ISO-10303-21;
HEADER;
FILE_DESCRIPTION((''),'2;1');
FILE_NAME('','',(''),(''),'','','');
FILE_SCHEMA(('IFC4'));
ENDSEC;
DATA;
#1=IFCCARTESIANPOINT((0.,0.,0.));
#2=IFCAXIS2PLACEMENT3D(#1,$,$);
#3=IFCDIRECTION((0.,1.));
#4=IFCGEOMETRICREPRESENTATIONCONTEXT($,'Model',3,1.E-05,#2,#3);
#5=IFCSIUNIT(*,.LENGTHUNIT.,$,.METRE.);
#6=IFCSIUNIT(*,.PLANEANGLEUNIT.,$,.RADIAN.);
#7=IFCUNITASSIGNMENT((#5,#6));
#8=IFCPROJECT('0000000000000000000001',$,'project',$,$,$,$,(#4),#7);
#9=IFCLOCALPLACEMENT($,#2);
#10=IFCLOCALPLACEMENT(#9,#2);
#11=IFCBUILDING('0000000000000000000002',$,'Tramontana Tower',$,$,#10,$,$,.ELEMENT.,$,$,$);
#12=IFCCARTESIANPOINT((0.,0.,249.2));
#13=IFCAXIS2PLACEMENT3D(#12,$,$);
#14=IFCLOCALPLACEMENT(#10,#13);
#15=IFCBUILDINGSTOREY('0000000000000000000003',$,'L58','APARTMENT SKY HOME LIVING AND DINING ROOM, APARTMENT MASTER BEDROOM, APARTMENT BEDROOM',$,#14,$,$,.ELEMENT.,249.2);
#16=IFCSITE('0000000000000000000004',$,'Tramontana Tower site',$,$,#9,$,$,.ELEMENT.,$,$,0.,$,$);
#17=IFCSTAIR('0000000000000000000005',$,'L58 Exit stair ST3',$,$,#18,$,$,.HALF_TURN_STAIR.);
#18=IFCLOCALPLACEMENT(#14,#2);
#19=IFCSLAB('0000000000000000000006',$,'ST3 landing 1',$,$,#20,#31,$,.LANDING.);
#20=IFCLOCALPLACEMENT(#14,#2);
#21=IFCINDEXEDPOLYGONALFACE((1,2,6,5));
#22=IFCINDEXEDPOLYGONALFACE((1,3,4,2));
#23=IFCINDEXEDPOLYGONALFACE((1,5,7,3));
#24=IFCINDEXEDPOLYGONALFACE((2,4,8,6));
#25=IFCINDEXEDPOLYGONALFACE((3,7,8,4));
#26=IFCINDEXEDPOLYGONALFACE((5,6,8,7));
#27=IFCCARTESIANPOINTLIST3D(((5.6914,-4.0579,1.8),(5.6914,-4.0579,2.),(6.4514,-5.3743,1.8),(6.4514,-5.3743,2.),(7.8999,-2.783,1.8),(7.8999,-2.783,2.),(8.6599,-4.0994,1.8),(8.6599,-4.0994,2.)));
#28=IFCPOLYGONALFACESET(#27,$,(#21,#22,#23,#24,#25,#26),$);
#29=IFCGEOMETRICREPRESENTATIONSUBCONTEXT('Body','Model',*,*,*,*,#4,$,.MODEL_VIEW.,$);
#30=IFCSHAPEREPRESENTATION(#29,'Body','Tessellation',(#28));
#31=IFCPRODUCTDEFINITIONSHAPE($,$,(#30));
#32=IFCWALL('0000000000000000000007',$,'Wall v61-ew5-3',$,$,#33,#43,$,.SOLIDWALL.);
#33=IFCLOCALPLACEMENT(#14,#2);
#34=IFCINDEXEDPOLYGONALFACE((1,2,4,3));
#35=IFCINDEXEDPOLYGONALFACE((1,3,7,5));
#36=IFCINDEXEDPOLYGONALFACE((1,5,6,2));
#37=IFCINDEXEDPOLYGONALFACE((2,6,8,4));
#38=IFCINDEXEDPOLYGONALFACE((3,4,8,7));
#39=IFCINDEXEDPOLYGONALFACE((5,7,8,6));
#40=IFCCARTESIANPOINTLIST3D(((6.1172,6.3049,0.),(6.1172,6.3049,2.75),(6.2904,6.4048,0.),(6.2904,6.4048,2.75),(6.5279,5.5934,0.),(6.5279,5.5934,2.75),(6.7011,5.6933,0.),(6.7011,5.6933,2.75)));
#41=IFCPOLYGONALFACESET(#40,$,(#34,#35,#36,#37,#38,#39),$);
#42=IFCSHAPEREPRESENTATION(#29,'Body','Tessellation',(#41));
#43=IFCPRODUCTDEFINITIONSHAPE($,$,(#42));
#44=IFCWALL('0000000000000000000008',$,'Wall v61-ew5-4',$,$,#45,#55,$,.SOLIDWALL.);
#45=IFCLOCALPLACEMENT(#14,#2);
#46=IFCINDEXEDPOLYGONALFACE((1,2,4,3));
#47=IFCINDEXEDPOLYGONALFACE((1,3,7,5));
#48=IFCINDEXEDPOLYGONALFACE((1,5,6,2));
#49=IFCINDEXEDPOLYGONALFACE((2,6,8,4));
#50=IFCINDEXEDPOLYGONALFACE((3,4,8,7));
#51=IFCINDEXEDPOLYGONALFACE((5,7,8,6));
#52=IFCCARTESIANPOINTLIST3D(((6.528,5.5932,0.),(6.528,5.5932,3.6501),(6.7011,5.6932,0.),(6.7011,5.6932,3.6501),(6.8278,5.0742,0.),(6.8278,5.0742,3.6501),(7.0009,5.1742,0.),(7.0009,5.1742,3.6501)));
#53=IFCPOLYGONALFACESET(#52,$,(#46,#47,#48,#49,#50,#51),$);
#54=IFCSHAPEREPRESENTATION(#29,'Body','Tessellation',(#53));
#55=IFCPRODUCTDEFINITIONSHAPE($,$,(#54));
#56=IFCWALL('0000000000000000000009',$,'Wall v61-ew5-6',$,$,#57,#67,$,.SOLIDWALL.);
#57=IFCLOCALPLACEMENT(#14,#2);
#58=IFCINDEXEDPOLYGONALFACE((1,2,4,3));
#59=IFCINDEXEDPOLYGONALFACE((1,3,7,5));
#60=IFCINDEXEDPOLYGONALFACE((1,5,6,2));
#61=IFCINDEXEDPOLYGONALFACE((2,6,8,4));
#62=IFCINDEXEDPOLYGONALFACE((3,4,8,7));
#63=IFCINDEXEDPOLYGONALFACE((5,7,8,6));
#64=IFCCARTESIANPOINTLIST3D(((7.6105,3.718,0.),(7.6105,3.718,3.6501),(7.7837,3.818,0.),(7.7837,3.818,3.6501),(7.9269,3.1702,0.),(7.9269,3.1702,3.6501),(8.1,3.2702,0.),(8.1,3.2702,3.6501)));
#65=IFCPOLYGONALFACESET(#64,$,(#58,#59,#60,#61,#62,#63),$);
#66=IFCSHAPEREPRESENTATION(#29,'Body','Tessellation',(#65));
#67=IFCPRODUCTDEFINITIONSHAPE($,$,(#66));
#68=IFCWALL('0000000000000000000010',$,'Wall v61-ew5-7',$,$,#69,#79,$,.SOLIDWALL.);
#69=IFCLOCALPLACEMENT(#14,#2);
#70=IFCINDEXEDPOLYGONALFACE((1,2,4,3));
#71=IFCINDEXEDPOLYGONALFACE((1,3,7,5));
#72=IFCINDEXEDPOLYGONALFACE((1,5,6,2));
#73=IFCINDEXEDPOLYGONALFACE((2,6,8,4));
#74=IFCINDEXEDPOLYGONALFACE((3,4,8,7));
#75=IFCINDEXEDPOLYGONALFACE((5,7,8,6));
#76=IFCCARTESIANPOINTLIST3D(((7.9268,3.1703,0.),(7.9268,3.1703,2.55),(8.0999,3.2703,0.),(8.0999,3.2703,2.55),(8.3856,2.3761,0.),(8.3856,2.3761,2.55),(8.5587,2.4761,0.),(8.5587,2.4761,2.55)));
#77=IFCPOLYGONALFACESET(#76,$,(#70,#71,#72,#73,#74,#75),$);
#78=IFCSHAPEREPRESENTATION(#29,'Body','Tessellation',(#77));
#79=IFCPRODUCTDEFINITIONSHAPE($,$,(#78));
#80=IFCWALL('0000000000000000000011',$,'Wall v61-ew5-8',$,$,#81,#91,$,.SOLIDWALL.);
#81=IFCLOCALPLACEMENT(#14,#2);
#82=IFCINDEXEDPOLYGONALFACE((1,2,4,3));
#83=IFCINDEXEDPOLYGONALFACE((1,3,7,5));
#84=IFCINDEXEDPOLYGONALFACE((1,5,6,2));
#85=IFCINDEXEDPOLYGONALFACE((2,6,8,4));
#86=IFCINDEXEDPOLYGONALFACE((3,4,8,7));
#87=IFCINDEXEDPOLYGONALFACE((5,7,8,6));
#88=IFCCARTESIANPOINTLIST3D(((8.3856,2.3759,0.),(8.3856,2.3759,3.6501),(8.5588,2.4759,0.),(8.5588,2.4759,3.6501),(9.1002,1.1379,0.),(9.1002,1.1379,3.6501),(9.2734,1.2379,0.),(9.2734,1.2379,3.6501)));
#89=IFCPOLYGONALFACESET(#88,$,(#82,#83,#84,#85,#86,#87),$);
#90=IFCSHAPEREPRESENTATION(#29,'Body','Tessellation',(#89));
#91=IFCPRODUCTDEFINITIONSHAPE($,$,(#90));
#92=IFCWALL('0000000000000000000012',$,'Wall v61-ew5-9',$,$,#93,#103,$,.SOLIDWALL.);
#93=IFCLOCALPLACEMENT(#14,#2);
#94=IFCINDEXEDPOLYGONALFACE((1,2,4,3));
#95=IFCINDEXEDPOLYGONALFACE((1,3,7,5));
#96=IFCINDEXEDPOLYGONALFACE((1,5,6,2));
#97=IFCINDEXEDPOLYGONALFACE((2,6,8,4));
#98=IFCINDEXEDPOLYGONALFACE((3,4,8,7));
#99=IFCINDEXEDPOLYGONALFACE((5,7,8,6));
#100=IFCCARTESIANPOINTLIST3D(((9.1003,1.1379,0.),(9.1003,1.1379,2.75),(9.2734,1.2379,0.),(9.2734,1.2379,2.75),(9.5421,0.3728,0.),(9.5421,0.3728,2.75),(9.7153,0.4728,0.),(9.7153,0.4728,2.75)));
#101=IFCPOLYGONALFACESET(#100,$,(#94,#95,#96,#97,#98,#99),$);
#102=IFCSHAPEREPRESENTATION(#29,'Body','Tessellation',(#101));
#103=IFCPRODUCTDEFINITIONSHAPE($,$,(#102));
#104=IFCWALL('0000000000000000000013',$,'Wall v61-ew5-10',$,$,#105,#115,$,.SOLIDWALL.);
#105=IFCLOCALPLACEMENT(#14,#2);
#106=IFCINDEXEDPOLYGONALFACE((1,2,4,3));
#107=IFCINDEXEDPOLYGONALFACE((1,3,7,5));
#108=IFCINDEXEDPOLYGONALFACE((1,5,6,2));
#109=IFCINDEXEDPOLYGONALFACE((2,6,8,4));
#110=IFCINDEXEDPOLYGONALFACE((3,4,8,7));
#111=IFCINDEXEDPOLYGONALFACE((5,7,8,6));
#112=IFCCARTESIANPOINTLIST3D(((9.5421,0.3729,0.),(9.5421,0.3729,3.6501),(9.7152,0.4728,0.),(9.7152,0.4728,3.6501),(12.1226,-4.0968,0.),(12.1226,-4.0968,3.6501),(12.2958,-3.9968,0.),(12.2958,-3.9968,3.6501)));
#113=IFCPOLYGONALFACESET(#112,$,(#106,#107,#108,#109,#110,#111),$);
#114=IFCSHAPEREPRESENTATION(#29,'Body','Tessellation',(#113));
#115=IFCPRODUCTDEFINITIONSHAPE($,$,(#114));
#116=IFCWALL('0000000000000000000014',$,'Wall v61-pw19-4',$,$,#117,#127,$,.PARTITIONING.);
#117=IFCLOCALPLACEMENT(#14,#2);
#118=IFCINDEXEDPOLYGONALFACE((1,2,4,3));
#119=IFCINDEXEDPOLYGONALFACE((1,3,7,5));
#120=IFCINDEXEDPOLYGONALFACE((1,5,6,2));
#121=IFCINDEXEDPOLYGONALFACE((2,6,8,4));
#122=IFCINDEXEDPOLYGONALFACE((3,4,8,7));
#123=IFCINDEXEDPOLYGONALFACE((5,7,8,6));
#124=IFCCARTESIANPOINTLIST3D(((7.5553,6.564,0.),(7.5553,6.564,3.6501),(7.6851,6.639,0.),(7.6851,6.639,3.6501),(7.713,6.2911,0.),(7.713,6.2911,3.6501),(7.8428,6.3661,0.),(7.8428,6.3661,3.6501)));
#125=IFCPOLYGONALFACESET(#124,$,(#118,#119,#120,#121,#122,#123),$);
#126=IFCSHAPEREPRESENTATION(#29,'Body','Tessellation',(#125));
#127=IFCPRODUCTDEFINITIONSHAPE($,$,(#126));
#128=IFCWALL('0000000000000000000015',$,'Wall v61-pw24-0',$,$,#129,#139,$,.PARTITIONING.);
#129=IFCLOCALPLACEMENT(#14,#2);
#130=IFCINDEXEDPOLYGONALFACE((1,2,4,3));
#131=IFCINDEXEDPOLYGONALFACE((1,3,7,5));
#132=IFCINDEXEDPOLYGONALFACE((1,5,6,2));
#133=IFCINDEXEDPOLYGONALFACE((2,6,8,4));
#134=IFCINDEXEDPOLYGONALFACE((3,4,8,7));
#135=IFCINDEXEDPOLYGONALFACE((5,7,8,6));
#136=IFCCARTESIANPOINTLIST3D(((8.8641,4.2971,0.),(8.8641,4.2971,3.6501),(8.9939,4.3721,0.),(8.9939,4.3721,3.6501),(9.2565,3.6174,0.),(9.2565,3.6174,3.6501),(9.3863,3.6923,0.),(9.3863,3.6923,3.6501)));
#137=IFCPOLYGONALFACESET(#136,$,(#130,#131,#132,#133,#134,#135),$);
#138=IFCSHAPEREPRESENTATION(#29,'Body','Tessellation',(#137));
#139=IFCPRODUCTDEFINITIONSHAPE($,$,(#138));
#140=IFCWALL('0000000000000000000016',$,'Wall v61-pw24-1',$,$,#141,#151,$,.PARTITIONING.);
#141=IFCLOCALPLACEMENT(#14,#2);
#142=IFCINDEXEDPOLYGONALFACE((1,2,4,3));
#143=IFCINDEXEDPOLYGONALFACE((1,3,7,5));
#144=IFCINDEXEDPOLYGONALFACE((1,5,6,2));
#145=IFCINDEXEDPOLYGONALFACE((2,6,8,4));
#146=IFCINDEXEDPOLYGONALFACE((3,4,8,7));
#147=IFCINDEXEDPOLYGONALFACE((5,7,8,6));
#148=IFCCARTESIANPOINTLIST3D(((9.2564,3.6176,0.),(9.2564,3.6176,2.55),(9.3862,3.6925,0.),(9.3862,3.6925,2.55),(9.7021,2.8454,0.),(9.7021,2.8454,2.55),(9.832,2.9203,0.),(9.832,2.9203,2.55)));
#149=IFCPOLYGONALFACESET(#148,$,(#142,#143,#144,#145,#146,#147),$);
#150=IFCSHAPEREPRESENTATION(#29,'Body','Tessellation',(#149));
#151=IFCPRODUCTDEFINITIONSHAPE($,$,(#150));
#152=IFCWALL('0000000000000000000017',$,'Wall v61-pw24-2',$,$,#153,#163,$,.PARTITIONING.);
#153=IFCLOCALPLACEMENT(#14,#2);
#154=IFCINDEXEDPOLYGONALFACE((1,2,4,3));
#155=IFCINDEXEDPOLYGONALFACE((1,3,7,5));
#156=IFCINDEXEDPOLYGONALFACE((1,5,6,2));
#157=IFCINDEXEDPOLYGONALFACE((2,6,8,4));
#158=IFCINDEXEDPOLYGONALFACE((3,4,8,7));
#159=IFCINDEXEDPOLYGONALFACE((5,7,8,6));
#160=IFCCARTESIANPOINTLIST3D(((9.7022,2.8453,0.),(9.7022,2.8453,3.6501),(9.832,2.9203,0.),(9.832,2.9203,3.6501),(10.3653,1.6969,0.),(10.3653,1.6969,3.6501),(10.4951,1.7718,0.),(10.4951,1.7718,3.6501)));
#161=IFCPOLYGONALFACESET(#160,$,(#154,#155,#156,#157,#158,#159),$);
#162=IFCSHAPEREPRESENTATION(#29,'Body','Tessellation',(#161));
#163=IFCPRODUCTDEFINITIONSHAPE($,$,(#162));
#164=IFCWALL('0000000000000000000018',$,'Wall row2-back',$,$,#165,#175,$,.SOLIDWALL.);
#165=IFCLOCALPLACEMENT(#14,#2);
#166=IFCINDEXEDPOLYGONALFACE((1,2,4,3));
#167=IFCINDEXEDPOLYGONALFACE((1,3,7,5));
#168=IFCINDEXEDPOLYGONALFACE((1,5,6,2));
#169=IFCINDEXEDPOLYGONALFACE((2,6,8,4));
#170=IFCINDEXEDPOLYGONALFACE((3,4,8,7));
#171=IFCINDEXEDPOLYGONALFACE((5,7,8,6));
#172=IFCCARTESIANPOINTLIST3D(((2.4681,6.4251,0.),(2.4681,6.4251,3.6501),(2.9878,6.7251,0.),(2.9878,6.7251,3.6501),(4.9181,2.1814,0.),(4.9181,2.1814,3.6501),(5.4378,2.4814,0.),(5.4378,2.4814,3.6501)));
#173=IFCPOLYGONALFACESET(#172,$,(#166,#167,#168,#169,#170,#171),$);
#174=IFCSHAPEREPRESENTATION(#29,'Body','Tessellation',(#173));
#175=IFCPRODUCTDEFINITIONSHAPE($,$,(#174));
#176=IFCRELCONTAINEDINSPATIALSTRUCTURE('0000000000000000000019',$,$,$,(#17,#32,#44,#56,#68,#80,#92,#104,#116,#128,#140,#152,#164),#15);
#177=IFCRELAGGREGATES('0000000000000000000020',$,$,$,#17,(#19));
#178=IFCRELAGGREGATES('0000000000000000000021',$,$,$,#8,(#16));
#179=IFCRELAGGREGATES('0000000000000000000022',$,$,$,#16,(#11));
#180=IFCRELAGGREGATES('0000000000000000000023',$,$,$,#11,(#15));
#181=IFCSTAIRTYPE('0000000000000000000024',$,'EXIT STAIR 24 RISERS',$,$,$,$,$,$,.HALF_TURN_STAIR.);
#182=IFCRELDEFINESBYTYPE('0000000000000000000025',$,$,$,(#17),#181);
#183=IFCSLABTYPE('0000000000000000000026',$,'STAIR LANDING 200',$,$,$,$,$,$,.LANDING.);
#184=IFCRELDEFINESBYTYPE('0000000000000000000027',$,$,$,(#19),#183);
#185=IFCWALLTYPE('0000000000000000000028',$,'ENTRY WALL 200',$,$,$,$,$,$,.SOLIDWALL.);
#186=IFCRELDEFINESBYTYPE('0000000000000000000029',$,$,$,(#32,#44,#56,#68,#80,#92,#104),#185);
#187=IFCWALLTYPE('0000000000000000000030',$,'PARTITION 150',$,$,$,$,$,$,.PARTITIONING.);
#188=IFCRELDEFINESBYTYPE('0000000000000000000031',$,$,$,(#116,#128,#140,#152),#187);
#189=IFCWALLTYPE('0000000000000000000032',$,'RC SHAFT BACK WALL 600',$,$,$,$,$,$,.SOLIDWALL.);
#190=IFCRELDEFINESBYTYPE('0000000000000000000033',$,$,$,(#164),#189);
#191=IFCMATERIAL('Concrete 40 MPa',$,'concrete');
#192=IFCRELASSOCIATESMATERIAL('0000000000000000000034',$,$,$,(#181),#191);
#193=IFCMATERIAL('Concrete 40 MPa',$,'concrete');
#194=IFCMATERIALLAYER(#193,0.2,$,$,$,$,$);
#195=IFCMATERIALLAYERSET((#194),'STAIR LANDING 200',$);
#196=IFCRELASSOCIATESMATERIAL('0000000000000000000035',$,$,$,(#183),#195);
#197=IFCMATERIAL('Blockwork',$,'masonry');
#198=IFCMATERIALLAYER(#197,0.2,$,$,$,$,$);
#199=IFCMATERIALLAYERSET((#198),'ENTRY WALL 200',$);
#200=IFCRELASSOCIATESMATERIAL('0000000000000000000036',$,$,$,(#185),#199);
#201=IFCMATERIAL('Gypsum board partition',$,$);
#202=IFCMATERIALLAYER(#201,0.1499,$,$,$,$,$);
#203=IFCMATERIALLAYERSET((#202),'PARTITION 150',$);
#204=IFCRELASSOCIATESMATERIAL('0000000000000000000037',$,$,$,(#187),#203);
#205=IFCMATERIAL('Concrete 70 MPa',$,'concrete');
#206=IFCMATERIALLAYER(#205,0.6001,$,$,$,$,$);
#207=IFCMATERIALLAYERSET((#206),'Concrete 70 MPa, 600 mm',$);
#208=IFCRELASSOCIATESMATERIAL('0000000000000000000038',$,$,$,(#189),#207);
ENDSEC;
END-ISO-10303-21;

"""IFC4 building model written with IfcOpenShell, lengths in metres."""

from ifc_helpers import new_model, si_unit, direction, frame, frame_2d, origin, place, context, subcontext, project, spatial, polyline, rectangle, outline, extrude, material, layer, layer_set, type_object, element, aggregate, save


model = new_model("IFC4")

# Units and contexts
model_context = context("Model", 3, precision=1e-05, world=origin(), true_north=direction((0.0, 1.0)))
body_context = subcontext(model_context, "Body", "Model", "MODEL_VIEW")
ifc_project = project(units=[si_unit("LENGTHUNIT", "METRE"), si_unit("PLANEANGLEUNIT", "RADIAN")], contexts=[model_context])

# Site, building, storey
site_placement = place(None, origin())
site = spatial("IfcSite", under=ifc_project, at=site_placement, Name="Tramontana Tower site", CompositionType="ELEMENT", RefElevation=0.0)
building_placement = place(site_placement, origin())
building = spatial("IfcBuilding", under=site, at=building_placement, Name="Tramontana Tower", CompositionType="ELEMENT")
storey_placement = place(building_placement, frame((0.0, 0.0, 249.2)))
storey = spatial("IfcBuildingStorey", under=building, at=storey_placement, Name="L58", Description="APARTMENT SKY HOME LIVING AND DINING ROOM, APARTMENT MASTER BEDROOM, APARTMENT BEDROOM", CompositionType="ELEMENT", Elevation=249.2)

# Stair, slab
ifc_material_1 = material(Name="Concrete 40 MPa", Category="concrete")
stair_type = type_object("IfcStairType", Name="EXIT STAIR 24 RISERS", PredefinedType="HALF_TURN_STAIR", material=ifc_material_1)
stair_placement = place(storey_placement, origin())
stair = element("IfcStair", 1, at=stair_placement, inside=storey, type_object=stair_type, Name="L58 Exit stair ST3", PredefinedType="HALF_TURN_STAIR")
ifc_material_2 = material(Name="Concrete 40 MPa", Category="concrete")
ifc_layer_1 = layer(ifc_material_2, 0.2)
ifc_layer_set_1 = layer_set([ifc_layer_1], Name="STAIR LANDING 200")
slab_type = type_object("IfcSlabType", Name="STAIR LANDING 200", PredefinedType="LANDING", material=ifc_layer_set_1)
slab_placement = place(storey_placement, frame((0.0, 0.0, 1.8)))
slab = element("IfcSlab", 2, at=slab_placement, type_object=slab_type, Name="ST3 landing 1", PredefinedType="LANDING", context=body_context, shape_type="SweptSolid", body=[
    extrude(outline(polyline([(5.6914, -4.0579), (6.4514, -5.3743), (8.6599, -4.0994), (7.8999, -2.783), (5.6914, -4.0579)])), origin(), (0.0, 0.0, 1.0), 0.2),
])
aggregate(stair, [slab])

# Walls
ifc_material_3 = material(Name="Blockwork", Category="masonry")
ifc_layer_2 = layer(ifc_material_3, 0.2)
ifc_layer_set_2 = layer_set([ifc_layer_2], Name="ENTRY WALL 200")
wall_type_1 = type_object("IfcWallType", Name="ENTRY WALL 200", PredefinedType="SOLIDWALL", material=ifc_layer_set_2)
wall_1_placement = place(storey_placement, frame((6.2039, 6.3547, 0.0), z_axis=(0.0, 0.0, 1.0), x_axis=(0.499911, -0.866077, 0.0)))
element("IfcWall", 3, at=wall_1_placement, inside=storey, type_object=wall_type_1, Name="Wall v61-ew5-3", PredefinedType="SOLIDWALL", context=body_context, shape_type="SweptSolid", body=[
    extrude(rectangle(XDim=0.8215, YDim=0.2, at=frame_2d((0.4106, 0.0))), origin(), (0.0, 0.0, 1.0), 2.75),
])
wall_2_placement = place(storey_placement, frame((6.6145, 5.6433, 0.0), z_axis=(0.0, 0.0, 1.0), x_axis=(0.500169, -0.865928, 0.0)))
element("IfcWall", 4, at=wall_2_placement, inside=storey, type_object=wall_type_1, Name="Wall v61-ew5-4", PredefinedType="SOLIDWALL", context=body_context, shape_type="SweptSolid", body=[
    extrude(rectangle(XDim=0.5994, YDim=0.2, at=frame_2d((0.2998, 0.0))), origin(), (0.0, 0.0, 1.0), 3.6501),
])

# Walls
wall_3_placement = place(storey_placement, frame((7.697, 3.7681, 0.0), z_axis=(0.0, 0.0, 1.0), x_axis=(0.500123, -0.865954, 0.0)))
element("IfcWall", 5, at=wall_3_placement, inside=storey, type_object=wall_type_1, Name="Wall v61-ew5-6", PredefinedType="SOLIDWALL", context=body_context, shape_type="SweptSolid", body=[
    extrude(rectangle(XDim=0.6326, YDim=0.2, at=frame_2d((0.3164, 0.0))), origin(), (0.0, 0.0, 1.0), 3.6501),
])
wall_4_placement = place(storey_placement, frame((8.0134, 3.2202, 0.0), z_axis=(0.0, 0.0, 1.0), x_axis=(0.500176, -0.865924, 0.0)))
element("IfcWall", 6, at=wall_4_placement, inside=storey, type_object=wall_type_1, Name="Wall v61-ew5-7", PredefinedType="SOLIDWALL", context=body_context, shape_type="SweptSolid", body=[
    extrude(rectangle(XDim=0.9172, YDim=0.2, at=frame_2d((0.4585, 0.0))), origin(), (0.0, 0.0, 1.0), 2.55),
])
wall_5_placement = place(storey_placement, frame((8.4722, 2.426, 0.0), z_axis=(0.0, 0.0, 1.0), x_axis=(0.499905, -0.86608, 0.0)))
element("IfcWall", 7, at=wall_5_placement, inside=storey, type_object=wall_type_1, Name="Wall v61-ew5-8", PredefinedType="SOLIDWALL", context=body_context, shape_type="SweptSolid", body=[
    extrude(rectangle(XDim=1.4294, YDim=0.2, at=frame_2d((0.7148, 0.0))), origin(), (0.0, 0.0, 1.0), 3.6501),
])
wall_6_placement = place(storey_placement, frame((9.1868, 1.188, 0.0), z_axis=(0.0, 0.0, 1.0), x_axis=(0.500121, -0.865955, 0.0)))
element("IfcWall", 8, at=wall_6_placement, inside=storey, type_object=wall_type_1, Name="Wall v61-ew5-9", PredefinedType="SOLIDWALL", context=body_context, shape_type="SweptSolid", body=[
    extrude(rectangle(XDim=0.8835, YDim=0.2, at=frame_2d((0.4419, 0.0))), origin(), (0.0, 0.0, 1.0), 2.75),
])
wall_7_placement = place(storey_placement, frame((9.6287, 0.4229, 0.0), z_axis=(0.0, 0.0, 1.0), x_axis=(0.499995, -0.866028, 0.0)))
element("IfcWall", 9, at=wall_7_placement, inside=storey, type_object=wall_type_1, Name="Wall v61-ew5-10", PredefinedType="SOLIDWALL", context=body_context, shape_type="SweptSolid", body=[
    extrude(rectangle(XDim=5.1611, YDim=0.2, at=frame_2d((2.5806, 0.0))), origin(), (0.0, 0.0, 1.0), 3.6501),
])
ifc_material_4 = material(Name="Gypsum board partition")
ifc_layer_3 = layer(ifc_material_4, 0.1499)
ifc_layer_set_3 = layer_set([ifc_layer_3], Name="PARTITION 150")
wall_type_2 = type_object("IfcWallType", Name="PARTITION 150", PredefinedType="PARTITIONING", material=ifc_layer_set_3)
wall_8_placement = place(storey_placement, frame((7.6201, 6.6016, 0.0), z_axis=(0.0, 0.0, 1.0), x_axis=(0.500303, -0.86585, 0.0)))
element("IfcWall", 10, at=wall_8_placement, inside=storey, type_object=wall_type_2, Name="Wall v61-pw19-4", PredefinedType="PARTITIONING", context=body_context, shape_type="SweptSolid", body=[
    extrude(rectangle(XDim=0.3152, YDim=0.1499, at=frame_2d((0.1577, 0.0))), origin(), (0.0, 0.0, 1.0), 3.6501),
])

# Walls
wall_9_placement = place(storey_placement, frame((8.929, 4.3347, 0.0), z_axis=(0.0, 0.0, 1.0), x_axis=(0.49992, -0.866072, 0.0)))
element("IfcWall", 11, at=wall_9_placement, inside=storey, type_object=wall_type_2, Name="Wall v61-pw24-0", PredefinedType="PARTITIONING", context=body_context, shape_type="SweptSolid", body=[
    extrude(rectangle(XDim=0.7849, YDim=0.1499, at=frame_2d((0.3926, 0.0))), origin(), (0.0, 0.0, 1.0), 3.6501),
])
wall_10_placement = place(storey_placement, frame((9.3213, 3.655, 0.0), z_axis=(0.0, 0.0, 1.0), x_axis=(0.499967, -0.866044, 0.0)))
element("IfcWall", 12, at=wall_10_placement, inside=storey, type_object=wall_type_2, Name="Wall v61-pw24-1", PredefinedType="PARTITIONING", context=body_context, shape_type="SweptSolid", body=[
    extrude(rectangle(XDim=0.8916, YDim=0.1499, at=frame_2d((0.4458, 0.0))), origin(), (0.0, 0.0, 1.0), 2.55),
])
wall_11_placement = place(storey_placement, frame((9.7671, 2.8828, 0.0), z_axis=(0.0, 0.0, 1.0), x_axis=(0.50002, -0.866014, 0.0)))
element("IfcWall", 13, at=wall_11_placement, inside=storey, type_object=wall_type_2, Name="Wall v61-pw24-2", PredefinedType="PARTITIONING", context=body_context, shape_type="SweptSolid", body=[
    extrude(rectangle(XDim=1.3262, YDim=0.1499, at=frame_2d((0.6631, 0.0))), origin(), (0.0, 0.0, 1.0), 3.6501),
])

# Wall
ifc_material_5 = material(Name="Concrete 70 MPa", Category="concrete")
ifc_layer_4 = layer(ifc_material_5, 0.6001)
ifc_layer_set_4 = layer_set([ifc_layer_4], Name="Concrete 70 MPa, 600 mm")
wall_type_3 = type_object("IfcWallType", Name="RC SHAFT BACK WALL 600", PredefinedType="SOLIDWALL", material=ifc_layer_set_4)
wall_12_placement = place(storey_placement, frame((5.178, 2.3313, 0.0), z_axis=(0.0, 0.0, 1.0), x_axis=(-0.499981, 0.866036, 0.0)))
element("IfcWall", 14, at=wall_12_placement, inside=storey, type_object=wall_type_3, Name="Wall row2-back", PredefinedType="SOLIDWALL", context=body_context, shape_type="SweptSolid", body=[
    extrude(rectangle(XDim=4.9001, YDim=0.6001, at=frame_2d((2.4502, 0.0))), origin(), (0.0, 0.0, 1.0), 3.6501),
])

save(model, "model.ifc")
